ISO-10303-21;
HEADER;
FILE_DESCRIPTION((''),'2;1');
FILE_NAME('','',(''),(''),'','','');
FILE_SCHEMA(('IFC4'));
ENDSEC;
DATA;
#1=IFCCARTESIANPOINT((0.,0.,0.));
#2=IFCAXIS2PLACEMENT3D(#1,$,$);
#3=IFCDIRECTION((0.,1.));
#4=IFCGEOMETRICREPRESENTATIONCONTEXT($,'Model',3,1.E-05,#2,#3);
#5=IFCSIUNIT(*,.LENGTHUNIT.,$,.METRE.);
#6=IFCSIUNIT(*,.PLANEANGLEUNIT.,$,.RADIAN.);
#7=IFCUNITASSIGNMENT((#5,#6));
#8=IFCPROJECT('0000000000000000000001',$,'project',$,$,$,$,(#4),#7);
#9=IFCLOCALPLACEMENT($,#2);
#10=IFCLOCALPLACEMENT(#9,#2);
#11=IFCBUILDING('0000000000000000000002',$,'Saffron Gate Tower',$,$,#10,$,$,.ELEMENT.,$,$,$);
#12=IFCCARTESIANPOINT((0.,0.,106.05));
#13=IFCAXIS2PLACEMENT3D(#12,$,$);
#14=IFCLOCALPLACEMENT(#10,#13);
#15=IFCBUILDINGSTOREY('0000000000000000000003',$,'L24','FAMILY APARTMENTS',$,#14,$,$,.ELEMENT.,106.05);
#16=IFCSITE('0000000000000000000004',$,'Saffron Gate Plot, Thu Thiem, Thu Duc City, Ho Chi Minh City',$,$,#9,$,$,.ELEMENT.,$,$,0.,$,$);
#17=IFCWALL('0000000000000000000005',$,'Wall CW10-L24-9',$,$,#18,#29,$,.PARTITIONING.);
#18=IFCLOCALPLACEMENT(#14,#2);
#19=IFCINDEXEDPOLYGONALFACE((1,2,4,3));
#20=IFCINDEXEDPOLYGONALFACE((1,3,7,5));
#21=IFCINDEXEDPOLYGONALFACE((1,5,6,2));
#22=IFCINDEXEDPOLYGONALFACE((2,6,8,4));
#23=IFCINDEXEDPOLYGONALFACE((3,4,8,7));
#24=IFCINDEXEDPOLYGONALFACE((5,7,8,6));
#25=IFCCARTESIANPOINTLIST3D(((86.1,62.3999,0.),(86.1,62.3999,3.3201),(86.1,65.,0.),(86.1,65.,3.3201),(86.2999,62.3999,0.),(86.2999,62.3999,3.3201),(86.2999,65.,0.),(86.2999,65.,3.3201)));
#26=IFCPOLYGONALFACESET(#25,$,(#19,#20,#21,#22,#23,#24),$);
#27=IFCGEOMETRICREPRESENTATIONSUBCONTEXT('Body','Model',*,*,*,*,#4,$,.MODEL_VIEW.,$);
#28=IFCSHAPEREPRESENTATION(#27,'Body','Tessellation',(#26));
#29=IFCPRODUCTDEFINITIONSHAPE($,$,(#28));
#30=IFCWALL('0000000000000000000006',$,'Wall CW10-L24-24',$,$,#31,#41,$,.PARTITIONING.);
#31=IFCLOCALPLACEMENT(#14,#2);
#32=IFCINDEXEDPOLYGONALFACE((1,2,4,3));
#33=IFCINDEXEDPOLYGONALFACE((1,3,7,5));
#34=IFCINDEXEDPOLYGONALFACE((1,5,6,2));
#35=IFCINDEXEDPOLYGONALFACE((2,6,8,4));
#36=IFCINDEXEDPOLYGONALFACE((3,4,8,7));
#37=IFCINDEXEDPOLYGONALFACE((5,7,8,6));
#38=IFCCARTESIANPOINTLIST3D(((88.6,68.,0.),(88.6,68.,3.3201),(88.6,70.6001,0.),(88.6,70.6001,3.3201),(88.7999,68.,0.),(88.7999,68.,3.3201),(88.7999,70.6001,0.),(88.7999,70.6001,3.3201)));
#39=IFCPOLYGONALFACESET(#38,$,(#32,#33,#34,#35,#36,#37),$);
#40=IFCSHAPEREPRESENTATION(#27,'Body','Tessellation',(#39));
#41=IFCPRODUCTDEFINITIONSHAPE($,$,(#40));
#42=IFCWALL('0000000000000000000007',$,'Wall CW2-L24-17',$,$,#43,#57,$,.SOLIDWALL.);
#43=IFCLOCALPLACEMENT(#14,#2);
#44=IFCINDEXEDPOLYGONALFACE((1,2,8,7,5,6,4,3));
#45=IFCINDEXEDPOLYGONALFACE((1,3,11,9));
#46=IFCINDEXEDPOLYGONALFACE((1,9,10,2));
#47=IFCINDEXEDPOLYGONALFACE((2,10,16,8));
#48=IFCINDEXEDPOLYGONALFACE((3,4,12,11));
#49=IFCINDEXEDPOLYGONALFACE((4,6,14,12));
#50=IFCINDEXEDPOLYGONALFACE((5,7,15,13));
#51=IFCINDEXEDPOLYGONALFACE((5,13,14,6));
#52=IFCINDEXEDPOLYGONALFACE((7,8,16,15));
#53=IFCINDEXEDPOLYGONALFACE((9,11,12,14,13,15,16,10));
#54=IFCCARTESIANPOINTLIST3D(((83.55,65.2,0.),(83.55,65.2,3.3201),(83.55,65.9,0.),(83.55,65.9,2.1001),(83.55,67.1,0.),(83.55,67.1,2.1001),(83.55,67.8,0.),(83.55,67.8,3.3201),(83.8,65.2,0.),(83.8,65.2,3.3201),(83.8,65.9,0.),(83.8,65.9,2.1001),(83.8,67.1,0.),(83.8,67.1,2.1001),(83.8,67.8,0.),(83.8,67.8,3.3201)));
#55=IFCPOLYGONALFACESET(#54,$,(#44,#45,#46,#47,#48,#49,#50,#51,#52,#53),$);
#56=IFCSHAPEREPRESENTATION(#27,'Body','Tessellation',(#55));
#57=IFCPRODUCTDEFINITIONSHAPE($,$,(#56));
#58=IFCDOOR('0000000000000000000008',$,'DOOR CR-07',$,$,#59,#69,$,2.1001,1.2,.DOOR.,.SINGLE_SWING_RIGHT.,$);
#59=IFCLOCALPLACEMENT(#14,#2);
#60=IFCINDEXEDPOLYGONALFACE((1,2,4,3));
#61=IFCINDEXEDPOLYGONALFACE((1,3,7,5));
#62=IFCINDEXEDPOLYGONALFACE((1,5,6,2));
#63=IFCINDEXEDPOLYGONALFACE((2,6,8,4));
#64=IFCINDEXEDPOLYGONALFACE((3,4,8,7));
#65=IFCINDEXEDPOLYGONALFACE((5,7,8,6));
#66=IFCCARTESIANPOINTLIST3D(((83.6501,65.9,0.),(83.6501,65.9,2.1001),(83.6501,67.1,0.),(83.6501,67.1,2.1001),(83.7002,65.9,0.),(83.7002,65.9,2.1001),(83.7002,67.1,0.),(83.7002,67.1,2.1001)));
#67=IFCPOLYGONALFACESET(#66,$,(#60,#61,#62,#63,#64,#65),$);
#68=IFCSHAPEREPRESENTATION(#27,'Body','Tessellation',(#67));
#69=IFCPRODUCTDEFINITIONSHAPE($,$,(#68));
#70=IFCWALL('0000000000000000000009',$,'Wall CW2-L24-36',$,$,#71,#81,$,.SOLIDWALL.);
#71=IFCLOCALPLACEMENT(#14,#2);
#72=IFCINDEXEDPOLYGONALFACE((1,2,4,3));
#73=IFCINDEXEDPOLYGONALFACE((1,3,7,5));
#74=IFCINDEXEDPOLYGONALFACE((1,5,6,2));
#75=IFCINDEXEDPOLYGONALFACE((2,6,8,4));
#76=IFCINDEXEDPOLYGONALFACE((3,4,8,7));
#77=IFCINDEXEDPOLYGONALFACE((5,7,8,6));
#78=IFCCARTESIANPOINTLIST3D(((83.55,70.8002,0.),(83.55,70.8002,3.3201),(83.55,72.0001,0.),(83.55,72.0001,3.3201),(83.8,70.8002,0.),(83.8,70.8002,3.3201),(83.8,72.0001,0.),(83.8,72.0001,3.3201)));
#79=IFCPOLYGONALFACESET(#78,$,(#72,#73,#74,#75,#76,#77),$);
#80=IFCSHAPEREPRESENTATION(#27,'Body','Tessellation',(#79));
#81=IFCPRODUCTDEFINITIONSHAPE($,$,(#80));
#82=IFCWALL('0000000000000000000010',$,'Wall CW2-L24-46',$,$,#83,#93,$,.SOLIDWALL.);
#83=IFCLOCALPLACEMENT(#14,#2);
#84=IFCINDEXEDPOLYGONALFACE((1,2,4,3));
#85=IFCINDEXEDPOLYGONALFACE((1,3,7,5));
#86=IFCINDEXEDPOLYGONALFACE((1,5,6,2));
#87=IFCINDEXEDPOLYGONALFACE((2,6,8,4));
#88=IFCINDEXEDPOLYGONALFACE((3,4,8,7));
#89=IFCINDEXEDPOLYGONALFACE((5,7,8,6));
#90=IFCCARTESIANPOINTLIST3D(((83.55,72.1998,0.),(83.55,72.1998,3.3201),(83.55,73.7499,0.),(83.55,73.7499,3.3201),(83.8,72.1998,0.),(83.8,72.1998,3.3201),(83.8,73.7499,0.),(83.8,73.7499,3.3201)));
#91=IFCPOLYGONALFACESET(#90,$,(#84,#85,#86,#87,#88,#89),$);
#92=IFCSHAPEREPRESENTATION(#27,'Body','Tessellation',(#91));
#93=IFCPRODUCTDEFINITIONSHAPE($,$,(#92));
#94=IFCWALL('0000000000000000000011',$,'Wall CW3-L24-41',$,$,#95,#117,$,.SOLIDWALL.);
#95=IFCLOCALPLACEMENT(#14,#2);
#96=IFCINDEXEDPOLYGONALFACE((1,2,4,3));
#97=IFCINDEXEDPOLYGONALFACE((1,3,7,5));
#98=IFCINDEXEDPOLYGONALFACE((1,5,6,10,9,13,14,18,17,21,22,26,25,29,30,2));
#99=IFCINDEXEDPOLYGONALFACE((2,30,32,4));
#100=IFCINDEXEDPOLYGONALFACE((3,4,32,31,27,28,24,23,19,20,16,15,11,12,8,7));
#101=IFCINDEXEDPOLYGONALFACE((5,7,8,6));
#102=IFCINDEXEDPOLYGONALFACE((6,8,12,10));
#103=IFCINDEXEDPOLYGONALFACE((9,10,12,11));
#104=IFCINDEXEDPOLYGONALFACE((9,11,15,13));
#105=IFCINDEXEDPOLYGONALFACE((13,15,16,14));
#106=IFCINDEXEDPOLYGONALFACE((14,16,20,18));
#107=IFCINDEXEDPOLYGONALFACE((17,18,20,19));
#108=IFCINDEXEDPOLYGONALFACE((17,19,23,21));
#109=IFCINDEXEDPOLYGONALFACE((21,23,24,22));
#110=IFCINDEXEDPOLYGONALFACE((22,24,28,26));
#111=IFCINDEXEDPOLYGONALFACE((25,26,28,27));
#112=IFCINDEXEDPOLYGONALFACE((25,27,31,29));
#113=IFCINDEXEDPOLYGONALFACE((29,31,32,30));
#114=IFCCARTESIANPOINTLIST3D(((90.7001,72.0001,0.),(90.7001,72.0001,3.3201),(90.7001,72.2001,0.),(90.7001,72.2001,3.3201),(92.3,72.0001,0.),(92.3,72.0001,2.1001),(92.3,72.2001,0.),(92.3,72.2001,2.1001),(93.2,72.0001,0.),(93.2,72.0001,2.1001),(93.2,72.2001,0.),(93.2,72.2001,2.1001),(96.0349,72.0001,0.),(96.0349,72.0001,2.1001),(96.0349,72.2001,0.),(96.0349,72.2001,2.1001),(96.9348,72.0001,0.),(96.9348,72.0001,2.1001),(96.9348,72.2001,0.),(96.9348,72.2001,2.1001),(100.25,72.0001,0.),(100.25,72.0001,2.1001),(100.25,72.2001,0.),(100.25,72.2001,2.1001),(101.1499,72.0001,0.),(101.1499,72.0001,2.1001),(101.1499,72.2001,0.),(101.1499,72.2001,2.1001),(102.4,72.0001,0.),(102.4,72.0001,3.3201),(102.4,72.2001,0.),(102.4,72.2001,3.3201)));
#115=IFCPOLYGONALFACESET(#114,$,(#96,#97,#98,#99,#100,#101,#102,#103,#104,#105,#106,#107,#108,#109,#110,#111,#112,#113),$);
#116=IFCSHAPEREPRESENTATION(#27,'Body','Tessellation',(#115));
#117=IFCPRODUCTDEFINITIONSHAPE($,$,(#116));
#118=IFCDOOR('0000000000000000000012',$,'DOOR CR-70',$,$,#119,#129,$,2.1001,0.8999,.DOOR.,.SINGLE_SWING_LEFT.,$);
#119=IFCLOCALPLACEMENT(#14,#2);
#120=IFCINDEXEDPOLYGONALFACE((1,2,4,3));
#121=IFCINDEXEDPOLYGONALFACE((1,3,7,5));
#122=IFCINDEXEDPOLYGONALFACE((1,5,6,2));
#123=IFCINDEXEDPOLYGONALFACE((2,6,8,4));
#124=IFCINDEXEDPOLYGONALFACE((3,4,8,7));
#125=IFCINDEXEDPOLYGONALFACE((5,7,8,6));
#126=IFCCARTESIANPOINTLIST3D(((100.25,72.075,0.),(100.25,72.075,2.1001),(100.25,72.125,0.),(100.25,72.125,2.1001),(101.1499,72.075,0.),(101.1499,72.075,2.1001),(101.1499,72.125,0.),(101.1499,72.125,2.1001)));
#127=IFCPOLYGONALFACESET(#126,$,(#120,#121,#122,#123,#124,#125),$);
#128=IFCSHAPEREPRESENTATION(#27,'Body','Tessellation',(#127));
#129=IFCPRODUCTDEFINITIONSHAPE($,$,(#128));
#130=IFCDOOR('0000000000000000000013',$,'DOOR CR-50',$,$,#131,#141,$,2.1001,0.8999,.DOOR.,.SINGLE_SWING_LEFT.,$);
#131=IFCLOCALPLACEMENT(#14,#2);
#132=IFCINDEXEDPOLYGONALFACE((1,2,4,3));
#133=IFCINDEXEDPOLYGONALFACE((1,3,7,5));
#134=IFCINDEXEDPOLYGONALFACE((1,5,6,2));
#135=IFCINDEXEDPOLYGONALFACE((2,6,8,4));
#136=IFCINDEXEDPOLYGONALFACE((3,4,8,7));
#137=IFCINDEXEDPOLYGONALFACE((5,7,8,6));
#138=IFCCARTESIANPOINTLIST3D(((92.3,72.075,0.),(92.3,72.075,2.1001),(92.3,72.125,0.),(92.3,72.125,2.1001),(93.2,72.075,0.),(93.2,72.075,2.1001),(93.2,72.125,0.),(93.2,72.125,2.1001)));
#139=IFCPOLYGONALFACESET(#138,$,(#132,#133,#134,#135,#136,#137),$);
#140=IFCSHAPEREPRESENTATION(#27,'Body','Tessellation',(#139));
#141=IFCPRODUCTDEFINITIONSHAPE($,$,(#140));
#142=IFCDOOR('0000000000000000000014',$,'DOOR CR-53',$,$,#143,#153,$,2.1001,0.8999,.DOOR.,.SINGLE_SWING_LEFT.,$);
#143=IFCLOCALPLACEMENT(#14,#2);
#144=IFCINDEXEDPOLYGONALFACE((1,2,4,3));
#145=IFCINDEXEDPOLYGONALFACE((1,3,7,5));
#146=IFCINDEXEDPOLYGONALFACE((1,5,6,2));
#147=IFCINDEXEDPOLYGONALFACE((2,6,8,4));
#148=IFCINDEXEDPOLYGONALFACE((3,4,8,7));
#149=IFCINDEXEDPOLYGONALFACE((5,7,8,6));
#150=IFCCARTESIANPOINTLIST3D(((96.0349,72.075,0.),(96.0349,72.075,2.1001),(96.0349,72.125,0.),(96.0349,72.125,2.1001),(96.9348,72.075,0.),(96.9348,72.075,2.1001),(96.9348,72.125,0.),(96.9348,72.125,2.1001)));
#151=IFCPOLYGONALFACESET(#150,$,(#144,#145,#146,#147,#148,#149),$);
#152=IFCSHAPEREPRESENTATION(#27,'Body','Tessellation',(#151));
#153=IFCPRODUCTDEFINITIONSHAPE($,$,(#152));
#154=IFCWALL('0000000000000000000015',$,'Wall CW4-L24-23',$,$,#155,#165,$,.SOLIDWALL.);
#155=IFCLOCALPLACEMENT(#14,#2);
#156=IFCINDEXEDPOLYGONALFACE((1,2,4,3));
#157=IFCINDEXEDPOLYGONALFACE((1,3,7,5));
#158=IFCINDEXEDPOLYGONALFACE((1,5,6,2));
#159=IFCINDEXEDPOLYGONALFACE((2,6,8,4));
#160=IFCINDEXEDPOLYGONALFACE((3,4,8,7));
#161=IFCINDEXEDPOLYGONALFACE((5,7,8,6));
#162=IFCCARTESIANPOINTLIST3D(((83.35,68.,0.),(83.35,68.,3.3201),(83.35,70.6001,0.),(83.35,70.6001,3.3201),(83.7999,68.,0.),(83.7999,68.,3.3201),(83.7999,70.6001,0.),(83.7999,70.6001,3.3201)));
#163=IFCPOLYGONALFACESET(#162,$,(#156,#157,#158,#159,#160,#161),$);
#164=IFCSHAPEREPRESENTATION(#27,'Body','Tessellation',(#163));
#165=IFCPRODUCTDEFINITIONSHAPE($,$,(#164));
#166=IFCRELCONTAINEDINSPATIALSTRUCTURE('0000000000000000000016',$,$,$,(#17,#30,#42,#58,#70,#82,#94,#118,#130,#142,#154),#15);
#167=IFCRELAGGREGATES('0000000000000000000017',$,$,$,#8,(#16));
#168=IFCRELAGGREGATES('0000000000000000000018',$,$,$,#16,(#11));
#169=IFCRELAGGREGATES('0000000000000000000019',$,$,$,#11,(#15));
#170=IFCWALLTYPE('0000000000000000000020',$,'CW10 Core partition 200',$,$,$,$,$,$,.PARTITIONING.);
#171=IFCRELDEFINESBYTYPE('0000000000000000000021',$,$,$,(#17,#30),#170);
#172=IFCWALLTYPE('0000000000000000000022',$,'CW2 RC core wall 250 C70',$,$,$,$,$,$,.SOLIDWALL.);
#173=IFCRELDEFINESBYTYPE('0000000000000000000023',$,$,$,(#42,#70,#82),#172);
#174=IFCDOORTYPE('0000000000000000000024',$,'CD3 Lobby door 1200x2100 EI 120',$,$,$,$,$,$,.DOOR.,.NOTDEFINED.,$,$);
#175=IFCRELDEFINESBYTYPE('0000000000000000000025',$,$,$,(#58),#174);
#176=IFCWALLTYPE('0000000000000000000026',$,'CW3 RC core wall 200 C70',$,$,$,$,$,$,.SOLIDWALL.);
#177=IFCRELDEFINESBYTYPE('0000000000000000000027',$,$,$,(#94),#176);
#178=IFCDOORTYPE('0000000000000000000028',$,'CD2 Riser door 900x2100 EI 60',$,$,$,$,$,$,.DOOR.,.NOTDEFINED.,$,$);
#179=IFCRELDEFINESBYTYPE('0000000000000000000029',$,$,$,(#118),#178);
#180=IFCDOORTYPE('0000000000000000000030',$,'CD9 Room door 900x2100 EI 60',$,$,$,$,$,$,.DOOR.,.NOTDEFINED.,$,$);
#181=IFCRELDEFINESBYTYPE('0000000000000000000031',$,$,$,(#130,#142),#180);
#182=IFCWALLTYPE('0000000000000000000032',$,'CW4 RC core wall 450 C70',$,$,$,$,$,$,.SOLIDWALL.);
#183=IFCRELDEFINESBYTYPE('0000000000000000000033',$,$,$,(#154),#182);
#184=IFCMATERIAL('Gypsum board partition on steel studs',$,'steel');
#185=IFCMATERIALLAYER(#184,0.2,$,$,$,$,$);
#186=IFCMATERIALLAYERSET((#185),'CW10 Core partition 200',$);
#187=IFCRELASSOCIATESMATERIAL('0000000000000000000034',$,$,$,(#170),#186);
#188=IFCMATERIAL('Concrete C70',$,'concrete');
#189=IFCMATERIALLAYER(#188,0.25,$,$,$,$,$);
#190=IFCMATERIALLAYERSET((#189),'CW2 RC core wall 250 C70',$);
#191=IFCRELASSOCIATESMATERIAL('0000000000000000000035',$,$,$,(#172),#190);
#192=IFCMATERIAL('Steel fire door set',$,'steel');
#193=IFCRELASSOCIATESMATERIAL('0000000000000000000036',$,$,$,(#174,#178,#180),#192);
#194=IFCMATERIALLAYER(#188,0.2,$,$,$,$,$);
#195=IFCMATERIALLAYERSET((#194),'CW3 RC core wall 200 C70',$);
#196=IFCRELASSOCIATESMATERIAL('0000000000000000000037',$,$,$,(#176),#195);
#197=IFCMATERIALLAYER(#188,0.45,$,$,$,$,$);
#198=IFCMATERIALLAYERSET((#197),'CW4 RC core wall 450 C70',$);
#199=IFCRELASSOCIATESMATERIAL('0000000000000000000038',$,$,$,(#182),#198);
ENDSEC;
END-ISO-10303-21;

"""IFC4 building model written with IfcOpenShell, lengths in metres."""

from ifc_helpers import new_model, si_unit, direction, frame, frame_2d, origin, place, context, subcontext, project, spatial, rectangle, extrude, material, layer, layer_set, type_object, element, fill, save


model = new_model("IFC4")

# Units and contexts
model_context = context("Model", 3, precision=1e-05, world=origin(), true_north=direction((0.0, 1.0)))
body_context = subcontext(model_context, "Body", "Model", "MODEL_VIEW")
ifc_project = project(units=[si_unit("LENGTHUNIT", "METRE"), si_unit("PLANEANGLEUNIT", "RADIAN")], contexts=[model_context])

# Site, building, storey
site_placement = place(None, origin())
site = spatial("IfcSite", under=ifc_project, at=site_placement, Name="Saffron Gate Plot, Thu Thiem, Thu Duc City, Ho Chi Minh City", CompositionType="ELEMENT", RefElevation=0.0)
building_placement = place(site_placement, origin())
building = spatial("IfcBuilding", under=site, at=building_placement, Name="Saffron Gate Tower", CompositionType="ELEMENT")
storey_placement = place(building_placement, frame((0.0, 0.0, 106.05)))
storey = spatial("IfcBuildingStorey", under=building, at=storey_placement, Name="L24", Description="FAMILY APARTMENTS", CompositionType="ELEMENT", Elevation=106.05)

# Walls
ifc_material_1 = material(Name="Gypsum board partition on steel studs", Category="steel")
ifc_layer_1 = layer(ifc_material_1, 0.2)
ifc_layer_set_1 = layer_set([ifc_layer_1], Name="CW10 Core partition 200")
wall_type_1 = type_object("IfcWallType", Name="CW10 Core partition 200", PredefinedType="PARTITIONING", material=ifc_layer_set_1)
for number, where, z_axis, x_axis, name in (
    (1, (86.2, 62.3999, 0.0), (0.0, 0.0, 1.0), (0.0, 1.0, 0.0), "Wall CW10-L24-9"),
    (2, (88.7, 68.0, 0.0), (0.0, 0.0, 1.0), (0.0, 1.0, 0.0), "Wall CW10-L24-24"),
):
    element("IfcWall", number, at=place(storey_placement, frame(where, z_axis=z_axis, x_axis=x_axis)), inside=storey, type_object=wall_type_1, Name=name, PredefinedType="PARTITIONING", context=body_context, shape_type="SweptSolid", body=[
        extrude(rectangle(XDim=2.6001, YDim=0.2, at=frame_2d((1.3, 0.0))), origin(), (0.0, 0.0, 1.0), 3.3201),
    ])

# Wall, opening, door
ifc_material_2 = material(Name="Concrete C70", Category="concrete")
ifc_layer_2 = layer(ifc_material_2, 0.25)
ifc_layer_set_2 = layer_set([ifc_layer_2], Name="CW2 RC core wall 250 C70")
wall_type_2 = type_object("IfcWallType", Name="CW2 RC core wall 250 C70", PredefinedType="SOLIDWALL", material=ifc_layer_set_2)
wall_1_placement = place(storey_placement, frame((83.675, 65.2, 0.0), z_axis=(0.0, 0.0, 1.0), x_axis=(0.0, 1.0, 0.0)))
wall_1 = element("IfcWall", 3, at=wall_1_placement, inside=storey, type_object=wall_type_2, Name="Wall CW2-L24-17", PredefinedType="SOLIDWALL", context=body_context, shape_type="SweptSolid", body=[
    extrude(rectangle(XDim=2.6001, YDim=0.25, at=frame_2d((1.3, 0.0))), origin(), (0.0, 0.0, 1.0), 3.3201),
])
opening_1_placement = place(wall_1_placement, frame((0.7, 0.0, 0.0)))
opening_1 = element("IfcOpeningElement", 4, at=opening_1_placement, cuts=wall_1, PredefinedType="OPENING", context=body_context, shape_type="SweptSolid", body=[
    extrude(rectangle(XDim=1.2, YDim=2.1001, at=frame_2d((0.6001, 1.05))), frame((0.0, 0.135, 0.0), z_axis=(0.0, -1.0, 0.0), x_axis=(1.0, 0.0, 0.0)), (0.0, 0.0, 1.0), 0.27),
])
ifc_material_3 = material(Name="Steel fire door set", Category="steel")
door_type_1 = type_object("IfcDoorType", Name="CD3 Lobby door 1200x2100 EI 120", OperationType="NOTDEFINED", PredefinedType="DOOR", material=ifc_material_3)
door_1_placement = place(opening_1_placement, origin())
door_1 = element("IfcDoor", 5, at=door_1_placement, inside=storey, type_object=door_type_1, Name="DOOR CR-07", OperationType="SINGLE_SWING_RIGHT", OverallHeight=2.1001, OverallWidth=1.2, PredefinedType="DOOR", context=body_context, shape_type="SweptSolid", body=[
    extrude(rectangle(XDim=1.2, YDim=2.1001, at=frame_2d((0.6001, 1.05))), frame((0.0, 0.0249, 0.0), z_axis=(0.0, -1.0, 0.0), x_axis=(1.0, 0.0, 0.0)), (0.0, 0.0, 1.0), 0.05),
])
fill(opening_1, door_1)

# Walls
wall_2_placement = place(storey_placement, frame((83.675, 70.8, 0.0), z_axis=(0.0, 0.0, 1.0), x_axis=(0.0, 1.0, 0.0)))
element("IfcWall", 6, at=wall_2_placement, inside=storey, type_object=wall_type_2, Name="Wall CW2-L24-36", PredefinedType="SOLIDWALL", context=body_context, shape_type="SweptSolid", body=[
    extrude(rectangle(XDim=1.2, YDim=0.25, at=frame_2d((0.6001, 0.0))), origin(), (0.0, 0.0, 1.0), 3.3201),
])
wall_3_placement = place(storey_placement, frame((83.675, 72.2, 0.0), z_axis=(0.0, 0.0, 1.0), x_axis=(0.0, 1.0, 0.0)))
element("IfcWall", 7, at=wall_3_placement, inside=storey, type_object=wall_type_2, Name="Wall CW2-L24-46", PredefinedType="SOLIDWALL", context=body_context, shape_type="SweptSolid", body=[
    extrude(rectangle(XDim=1.55, YDim=0.25, at=frame_2d((0.7749, 0.0))), origin(), (0.0, 0.0, 1.0), 3.3201),
])

# Wall, openings, doors
ifc_layer_3 = layer(ifc_material_2, 0.2)
ifc_layer_set_3 = layer_set([ifc_layer_3], Name="CW3 RC core wall 200 C70")
wall_type_3 = type_object("IfcWallType", Name="CW3 RC core wall 200 C70", PredefinedType="SOLIDWALL", material=ifc_layer_set_3)
wall_4_placement = place(storey_placement, frame((90.7, 72.1001, 0.0), z_axis=(0.0, 0.0, 1.0), x_axis=(1.0, 0.0, 0.0)))
wall_4 = element("IfcWall", 8, at=wall_4_placement, inside=storey, type_object=wall_type_3, Name="Wall CW3-L24-41", PredefinedType="SOLIDWALL", context=body_context, shape_type="SweptSolid", body=[
    extrude(rectangle(XDim=11.7, YDim=0.2, at=frame_2d((5.8501, 0.0))), origin(), (0.0, 0.0, 1.0), 3.3201),
])
opening_2_placement = place(wall_4_placement, frame((1.6001, 0.0, 0.0)))
opening_2 = element("IfcOpeningElement", 9, at=opening_2_placement, cuts=wall_4, PredefinedType="OPENING", context=body_context, shape_type="SweptSolid", body=[
    extrude(rectangle(XDim=0.8999, YDim=2.1001, at=frame_2d((0.45, 1.05))), frame((0.0, 0.1099, 0.0), z_axis=(0.0, -1.0, 0.0), x_axis=(1.0, 0.0, 0.0)), (0.0, 0.0, 1.0), 0.22),
])
opening_3_placement = place(wall_4_placement, frame((5.335, 0.0, 0.0)))
opening_3 = element("IfcOpeningElement", 10, at=opening_3_placement, cuts=wall_4, PredefinedType="OPENING", context=body_context, shape_type="SweptSolid", body=[
    extrude(rectangle(XDim=0.8999, YDim=2.1001, at=frame_2d((0.45, 1.05))), frame((0.0, 0.1099, 0.0), z_axis=(0.0, -1.0, 0.0), x_axis=(1.0, 0.0, 0.0)), (0.0, 0.0, 1.0), 0.22),
])
opening_4_placement = place(wall_4_placement, frame((9.55, 0.0, 0.0)))
opening_4 = element("IfcOpeningElement", 11, at=opening_4_placement, cuts=wall_4, PredefinedType="OPENING", context=body_context, shape_type="SweptSolid", body=[
    extrude(rectangle(XDim=0.8999, YDim=2.1001, at=frame_2d((0.45, 1.05))), frame((0.0, 0.1099, 0.0), z_axis=(0.0, -1.0, 0.0), x_axis=(1.0, 0.0, 0.0)), (0.0, 0.0, 1.0), 0.22),
])
door_type_2 = type_object("IfcDoorType", Name="CD2 Riser door 900x2100 EI 60", OperationType="NOTDEFINED", PredefinedType="DOOR", material=ifc_material_3)
door_2_placement = place(opening_4_placement, origin())
door_2 = element("IfcDoor", 12, at=door_2_placement, inside=storey, type_object=door_type_2, Name="DOOR CR-70", OperationType="SINGLE_SWING_LEFT", OverallHeight=2.1001, OverallWidth=0.8999, PredefinedType="DOOR", context=body_context, shape_type="SweptSolid", body=[
    extrude(rectangle(XDim=0.8999, YDim=2.1001, at=frame_2d((0.45, 1.05))), frame((0.0, 0.0249, 0.0), z_axis=(0.0, -1.0, 0.0), x_axis=(1.0, 0.0, 0.0)), (0.0, 0.0, 1.0), 0.05),
])
fill(opening_4, door_2)
door_type_3 = type_object("IfcDoorType", Name="CD9 Room door 900x2100 EI 60", OperationType="NOTDEFINED", PredefinedType="DOOR", material=ifc_material_3)
door_3_placement = place(opening_2_placement, origin())
door_3 = element("IfcDoor", 13, at=door_3_placement, inside=storey, type_object=door_type_3, Name="DOOR CR-50", OperationType="SINGLE_SWING_LEFT", OverallHeight=2.1001, OverallWidth=0.8999, PredefinedType="DOOR", context=body_context, shape_type="SweptSolid", body=[
    extrude(rectangle(XDim=0.8999, YDim=2.1001, at=frame_2d((0.45, 1.05))), frame((0.0, 0.0249, 0.0), z_axis=(0.0, -1.0, 0.0), x_axis=(1.0, 0.0, 0.0)), (0.0, 0.0, 1.0), 0.05),
])
fill(opening_2, door_3)
door_4_placement = place(opening_3_placement, origin())
door_4 = element("IfcDoor", 14, at=door_4_placement, inside=storey, type_object=door_type_3, Name="DOOR CR-53", OperationType="SINGLE_SWING_LEFT", OverallHeight=2.1001, OverallWidth=0.8999, PredefinedType="DOOR", context=body_context, shape_type="SweptSolid", body=[
    extrude(rectangle(XDim=0.8999, YDim=2.1001, at=frame_2d((0.45, 1.05))), frame((0.0, 0.0249, 0.0), z_axis=(0.0, -1.0, 0.0), x_axis=(1.0, 0.0, 0.0)), (0.0, 0.0, 1.0), 0.05),
])
fill(opening_3, door_4)

# Wall
ifc_layer_4 = layer(ifc_material_2, 0.45)
ifc_layer_set_4 = layer_set([ifc_layer_4], Name="CW4 RC core wall 450 C70")
wall_type_4 = type_object("IfcWallType", Name="CW4 RC core wall 450 C70", PredefinedType="SOLIDWALL", material=ifc_layer_set_4)
wall_5_placement = place(storey_placement, frame((83.575, 68.0, 0.0), z_axis=(0.0, 0.0, 1.0), x_axis=(0.0, 1.0, 0.0)))
element("IfcWall", 15, at=wall_5_placement, inside=storey, type_object=wall_type_4, Name="Wall CW4-L24-23", PredefinedType="SOLIDWALL", context=body_context, shape_type="SweptSolid", body=[
    extrude(rectangle(XDim=2.6001, YDim=0.45, at=frame_2d((1.3, 0.0))), origin(), (0.0, 0.0, 1.0), 3.3201),
])

save(model, "model.ifc")
